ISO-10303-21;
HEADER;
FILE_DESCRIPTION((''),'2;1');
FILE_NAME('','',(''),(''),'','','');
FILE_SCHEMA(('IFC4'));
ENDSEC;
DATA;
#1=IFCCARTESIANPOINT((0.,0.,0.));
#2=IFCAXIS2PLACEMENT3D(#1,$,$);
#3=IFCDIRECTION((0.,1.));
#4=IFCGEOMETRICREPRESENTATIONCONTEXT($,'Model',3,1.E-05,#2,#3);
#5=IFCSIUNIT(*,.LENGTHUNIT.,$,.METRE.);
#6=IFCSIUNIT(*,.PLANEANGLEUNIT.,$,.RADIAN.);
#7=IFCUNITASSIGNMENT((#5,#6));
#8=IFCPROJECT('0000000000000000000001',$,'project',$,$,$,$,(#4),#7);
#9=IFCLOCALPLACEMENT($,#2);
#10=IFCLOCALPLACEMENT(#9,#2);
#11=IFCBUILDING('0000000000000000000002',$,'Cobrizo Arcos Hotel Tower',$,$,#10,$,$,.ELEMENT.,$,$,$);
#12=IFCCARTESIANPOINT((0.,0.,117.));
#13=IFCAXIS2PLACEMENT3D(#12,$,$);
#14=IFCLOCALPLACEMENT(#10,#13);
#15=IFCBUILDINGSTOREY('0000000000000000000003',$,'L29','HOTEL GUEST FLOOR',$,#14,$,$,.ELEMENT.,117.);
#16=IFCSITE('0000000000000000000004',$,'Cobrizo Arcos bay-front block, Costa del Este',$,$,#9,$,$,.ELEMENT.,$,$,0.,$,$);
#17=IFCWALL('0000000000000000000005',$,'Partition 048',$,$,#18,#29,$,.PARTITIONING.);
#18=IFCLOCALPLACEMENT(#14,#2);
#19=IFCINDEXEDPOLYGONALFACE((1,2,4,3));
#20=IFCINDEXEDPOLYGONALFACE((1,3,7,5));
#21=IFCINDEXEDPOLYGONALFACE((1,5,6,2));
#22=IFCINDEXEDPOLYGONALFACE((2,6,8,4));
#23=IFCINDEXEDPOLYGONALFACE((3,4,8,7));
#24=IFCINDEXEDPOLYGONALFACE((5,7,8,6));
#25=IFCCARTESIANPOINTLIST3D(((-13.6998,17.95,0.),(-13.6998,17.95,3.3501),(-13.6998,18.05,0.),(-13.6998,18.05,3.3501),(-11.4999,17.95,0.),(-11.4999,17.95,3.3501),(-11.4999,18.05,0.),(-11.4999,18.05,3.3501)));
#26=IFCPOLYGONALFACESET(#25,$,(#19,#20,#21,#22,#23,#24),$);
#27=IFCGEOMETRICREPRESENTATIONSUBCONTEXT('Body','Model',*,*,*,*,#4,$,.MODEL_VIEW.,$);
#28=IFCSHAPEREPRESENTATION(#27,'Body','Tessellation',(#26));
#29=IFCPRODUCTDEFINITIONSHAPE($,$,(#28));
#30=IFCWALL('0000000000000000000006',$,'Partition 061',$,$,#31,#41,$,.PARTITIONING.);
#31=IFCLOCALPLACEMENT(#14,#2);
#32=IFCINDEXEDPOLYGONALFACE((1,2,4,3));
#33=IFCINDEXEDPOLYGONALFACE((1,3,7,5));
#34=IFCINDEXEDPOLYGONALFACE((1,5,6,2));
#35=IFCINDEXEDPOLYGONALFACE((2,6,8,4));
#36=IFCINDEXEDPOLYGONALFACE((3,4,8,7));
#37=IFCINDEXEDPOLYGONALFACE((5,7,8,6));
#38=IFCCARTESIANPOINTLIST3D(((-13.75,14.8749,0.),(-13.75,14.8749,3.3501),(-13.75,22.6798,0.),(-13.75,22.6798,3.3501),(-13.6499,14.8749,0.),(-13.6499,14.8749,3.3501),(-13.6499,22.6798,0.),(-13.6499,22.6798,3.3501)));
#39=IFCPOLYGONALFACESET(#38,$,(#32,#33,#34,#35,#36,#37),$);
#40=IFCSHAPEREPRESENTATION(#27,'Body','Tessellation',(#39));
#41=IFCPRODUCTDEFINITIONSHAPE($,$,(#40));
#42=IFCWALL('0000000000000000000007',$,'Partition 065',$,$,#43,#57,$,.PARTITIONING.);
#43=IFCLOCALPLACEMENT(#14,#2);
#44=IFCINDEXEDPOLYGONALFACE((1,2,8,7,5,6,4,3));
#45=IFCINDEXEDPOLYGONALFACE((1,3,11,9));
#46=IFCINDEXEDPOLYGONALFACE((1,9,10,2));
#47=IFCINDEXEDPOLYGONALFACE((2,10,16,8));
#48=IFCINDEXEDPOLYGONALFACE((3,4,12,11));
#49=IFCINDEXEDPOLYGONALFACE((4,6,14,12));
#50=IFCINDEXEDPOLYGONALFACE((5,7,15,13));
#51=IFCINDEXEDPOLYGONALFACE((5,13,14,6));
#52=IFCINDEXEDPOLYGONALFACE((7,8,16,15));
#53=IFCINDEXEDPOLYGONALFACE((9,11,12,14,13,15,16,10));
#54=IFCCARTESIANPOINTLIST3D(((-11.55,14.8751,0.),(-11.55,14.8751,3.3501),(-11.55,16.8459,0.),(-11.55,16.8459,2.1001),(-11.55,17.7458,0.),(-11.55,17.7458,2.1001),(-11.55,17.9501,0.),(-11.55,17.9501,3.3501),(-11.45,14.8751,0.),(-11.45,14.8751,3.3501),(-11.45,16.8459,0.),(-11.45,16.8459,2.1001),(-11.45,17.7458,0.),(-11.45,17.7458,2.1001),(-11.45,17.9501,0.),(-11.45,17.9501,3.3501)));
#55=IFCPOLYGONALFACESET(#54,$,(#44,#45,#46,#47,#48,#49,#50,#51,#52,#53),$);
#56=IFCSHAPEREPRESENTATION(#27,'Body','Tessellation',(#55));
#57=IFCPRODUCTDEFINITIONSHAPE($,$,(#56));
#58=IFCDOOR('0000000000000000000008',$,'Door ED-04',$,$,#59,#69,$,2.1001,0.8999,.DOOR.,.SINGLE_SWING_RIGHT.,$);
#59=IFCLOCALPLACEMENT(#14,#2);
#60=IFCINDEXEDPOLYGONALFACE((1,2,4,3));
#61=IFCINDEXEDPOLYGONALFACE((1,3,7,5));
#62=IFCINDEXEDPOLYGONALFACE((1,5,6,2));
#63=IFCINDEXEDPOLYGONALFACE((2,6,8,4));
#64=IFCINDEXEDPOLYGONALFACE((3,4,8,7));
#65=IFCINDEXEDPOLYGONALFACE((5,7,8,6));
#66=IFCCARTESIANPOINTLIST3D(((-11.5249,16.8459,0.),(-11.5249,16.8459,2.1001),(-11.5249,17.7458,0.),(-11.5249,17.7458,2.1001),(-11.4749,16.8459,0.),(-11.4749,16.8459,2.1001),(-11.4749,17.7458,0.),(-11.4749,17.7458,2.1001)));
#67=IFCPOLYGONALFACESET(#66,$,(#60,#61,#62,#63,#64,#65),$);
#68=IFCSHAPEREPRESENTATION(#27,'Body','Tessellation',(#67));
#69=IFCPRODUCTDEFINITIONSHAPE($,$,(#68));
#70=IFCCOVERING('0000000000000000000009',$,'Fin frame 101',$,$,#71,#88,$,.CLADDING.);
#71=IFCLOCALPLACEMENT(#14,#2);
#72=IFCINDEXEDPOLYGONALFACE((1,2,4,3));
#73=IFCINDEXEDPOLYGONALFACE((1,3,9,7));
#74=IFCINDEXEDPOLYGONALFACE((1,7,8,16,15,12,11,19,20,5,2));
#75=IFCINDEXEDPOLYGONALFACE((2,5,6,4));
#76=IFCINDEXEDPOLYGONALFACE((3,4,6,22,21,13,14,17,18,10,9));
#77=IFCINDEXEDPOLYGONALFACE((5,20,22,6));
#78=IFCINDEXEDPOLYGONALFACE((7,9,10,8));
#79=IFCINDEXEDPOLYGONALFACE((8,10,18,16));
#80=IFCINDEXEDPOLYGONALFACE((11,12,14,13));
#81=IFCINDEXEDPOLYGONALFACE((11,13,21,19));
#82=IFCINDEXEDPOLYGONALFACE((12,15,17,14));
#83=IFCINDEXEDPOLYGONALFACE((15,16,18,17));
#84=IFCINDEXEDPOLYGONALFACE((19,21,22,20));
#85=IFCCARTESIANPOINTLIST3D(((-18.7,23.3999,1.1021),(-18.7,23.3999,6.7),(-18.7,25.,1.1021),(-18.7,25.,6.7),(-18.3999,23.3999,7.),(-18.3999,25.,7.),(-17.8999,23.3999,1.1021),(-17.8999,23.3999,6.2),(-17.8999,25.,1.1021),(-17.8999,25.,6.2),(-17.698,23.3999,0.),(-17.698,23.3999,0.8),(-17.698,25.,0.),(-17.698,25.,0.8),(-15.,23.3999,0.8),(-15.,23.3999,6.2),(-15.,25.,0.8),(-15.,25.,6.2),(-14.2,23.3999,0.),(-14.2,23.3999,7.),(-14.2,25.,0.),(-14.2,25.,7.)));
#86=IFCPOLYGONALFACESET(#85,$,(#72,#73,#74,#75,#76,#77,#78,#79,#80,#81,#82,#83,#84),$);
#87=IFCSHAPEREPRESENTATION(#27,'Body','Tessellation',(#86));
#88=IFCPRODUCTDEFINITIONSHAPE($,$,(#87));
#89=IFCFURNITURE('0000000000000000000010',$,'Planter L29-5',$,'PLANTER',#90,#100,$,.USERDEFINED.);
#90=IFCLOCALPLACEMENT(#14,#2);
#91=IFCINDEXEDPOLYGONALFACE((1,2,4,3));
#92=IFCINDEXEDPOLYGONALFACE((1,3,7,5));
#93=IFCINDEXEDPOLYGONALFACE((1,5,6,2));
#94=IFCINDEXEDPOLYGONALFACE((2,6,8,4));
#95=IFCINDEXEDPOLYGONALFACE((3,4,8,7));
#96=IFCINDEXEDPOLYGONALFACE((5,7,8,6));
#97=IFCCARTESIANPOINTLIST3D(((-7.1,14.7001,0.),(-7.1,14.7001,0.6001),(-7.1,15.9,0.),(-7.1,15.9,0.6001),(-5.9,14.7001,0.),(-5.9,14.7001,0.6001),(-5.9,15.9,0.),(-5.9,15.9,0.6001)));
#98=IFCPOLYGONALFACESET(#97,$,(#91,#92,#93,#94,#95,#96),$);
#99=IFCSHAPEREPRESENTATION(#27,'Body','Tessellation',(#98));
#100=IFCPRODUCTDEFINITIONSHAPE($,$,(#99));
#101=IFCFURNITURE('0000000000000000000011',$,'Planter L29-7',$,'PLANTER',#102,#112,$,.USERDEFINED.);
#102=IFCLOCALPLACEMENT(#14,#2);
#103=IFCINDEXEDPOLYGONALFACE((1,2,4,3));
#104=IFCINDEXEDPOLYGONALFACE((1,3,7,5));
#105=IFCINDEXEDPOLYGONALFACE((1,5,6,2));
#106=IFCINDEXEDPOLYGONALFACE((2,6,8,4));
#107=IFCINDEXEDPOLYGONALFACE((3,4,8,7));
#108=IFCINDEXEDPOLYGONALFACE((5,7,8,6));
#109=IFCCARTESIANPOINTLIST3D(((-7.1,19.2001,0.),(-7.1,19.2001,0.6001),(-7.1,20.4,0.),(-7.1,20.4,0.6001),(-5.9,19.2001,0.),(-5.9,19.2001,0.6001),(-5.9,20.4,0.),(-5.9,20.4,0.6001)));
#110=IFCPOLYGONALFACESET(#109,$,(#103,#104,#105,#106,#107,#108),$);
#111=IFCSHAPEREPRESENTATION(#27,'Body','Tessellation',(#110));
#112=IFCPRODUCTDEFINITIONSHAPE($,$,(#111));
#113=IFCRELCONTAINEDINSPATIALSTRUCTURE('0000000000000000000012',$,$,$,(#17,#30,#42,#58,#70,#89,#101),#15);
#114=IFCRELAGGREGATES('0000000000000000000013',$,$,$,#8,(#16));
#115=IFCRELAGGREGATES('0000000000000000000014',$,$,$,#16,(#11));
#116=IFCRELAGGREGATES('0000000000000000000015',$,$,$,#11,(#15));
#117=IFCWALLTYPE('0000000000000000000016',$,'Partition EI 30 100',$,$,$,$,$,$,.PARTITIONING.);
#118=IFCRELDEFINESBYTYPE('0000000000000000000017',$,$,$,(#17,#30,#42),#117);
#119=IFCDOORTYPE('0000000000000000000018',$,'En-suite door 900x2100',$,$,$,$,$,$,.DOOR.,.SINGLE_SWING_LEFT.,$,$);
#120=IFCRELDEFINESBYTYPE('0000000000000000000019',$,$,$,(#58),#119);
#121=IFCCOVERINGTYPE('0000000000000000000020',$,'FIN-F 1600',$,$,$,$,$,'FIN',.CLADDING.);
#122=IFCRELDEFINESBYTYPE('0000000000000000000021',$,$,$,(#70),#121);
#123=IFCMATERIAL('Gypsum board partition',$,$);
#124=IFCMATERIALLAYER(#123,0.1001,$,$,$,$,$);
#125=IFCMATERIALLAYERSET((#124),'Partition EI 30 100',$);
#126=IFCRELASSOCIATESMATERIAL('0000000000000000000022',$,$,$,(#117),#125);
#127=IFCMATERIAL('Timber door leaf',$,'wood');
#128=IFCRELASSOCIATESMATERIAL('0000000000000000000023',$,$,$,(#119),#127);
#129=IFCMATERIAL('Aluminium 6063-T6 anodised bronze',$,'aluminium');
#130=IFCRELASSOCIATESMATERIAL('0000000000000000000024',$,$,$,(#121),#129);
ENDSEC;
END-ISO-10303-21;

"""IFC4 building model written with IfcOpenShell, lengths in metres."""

from ifc_helpers import new_model, si_unit, direction, frame, frame_2d, origin, origin_2d, place, context, subcontext, project, spatial, polyline, rectangle, outline, extrude, material, layer, layer_set, type_object, element, fill, save


model = new_model("IFC4")

# Units and contexts
model_context = context("Model", 3, precision=1e-05, world=origin(), true_north=direction((0.0, 1.0)))
body_context = subcontext(model_context, "Body", "Model", "MODEL_VIEW")
ifc_project = project(units=[si_unit("LENGTHUNIT", "METRE"), si_unit("PLANEANGLEUNIT", "RADIAN")], contexts=[model_context])

# Site, building, storey
site_placement = place(None, origin())
site = spatial("IfcSite", under=ifc_project, at=site_placement, Name="Cobrizo Arcos bay-front block, Costa del Este", CompositionType="ELEMENT", RefElevation=0.0)
building_placement = place(site_placement, origin())
building = spatial("IfcBuilding", under=site, at=building_placement, Name="Cobrizo Arcos Hotel Tower", CompositionType="ELEMENT")
storey_placement = place(building_placement, frame((0.0, 0.0, 117.0)))
storey = spatial("IfcBuildingStorey", under=building, at=storey_placement, Name="L29", Description="HOTEL GUEST FLOOR", CompositionType="ELEMENT", Elevation=117.0)

# Shared definitions
ifc_material_1 = material(Name="Aluminium 6063-T6 anodised bronze", Category="aluminium")

# Walls
ifc_material_2 = material(Name="Gypsum board partition")
ifc_layer_1 = layer(ifc_material_2, 0.1001)
ifc_layer_set_1 = layer_set([ifc_layer_1], Name="Partition EI 30 100")
wall_type = type_object("IfcWallType", Name="Partition EI 30 100", PredefinedType="PARTITIONING", material=ifc_layer_set_1)
wall_1_placement = place(storey_placement, frame((-13.7, 18.0, 0.0), z_axis=(0.0, 0.0, 1.0), x_axis=(1.0, 0.0, 0.0)))
element("IfcWall", 1, at=wall_1_placement, inside=storey, type_object=wall_type, Name="Partition 048", PredefinedType="PARTITIONING", context=body_context, shape_type="SweptSolid", body=[
    extrude(rectangle(XDim=2.2, YDim=0.1001, at=frame_2d((1.1001, 0.0))), origin(), (0.0, 0.0, 1.0), 3.3501),
])
wall_2_placement = place(storey_placement, frame((-13.7, 14.875, 0.0), z_axis=(0.0, 0.0, 1.0), x_axis=(0.0, 1.0, 0.0)))
element("IfcWall", 2, at=wall_2_placement, inside=storey, type_object=wall_type, Name="Partition 061", PredefinedType="PARTITIONING", context=body_context, shape_type="SweptSolid", body=[
    extrude(rectangle(XDim=7.8049, YDim=0.1001, at=frame_2d((3.9023, 0.0))), origin(), (0.0, 0.0, 1.0), 3.3501),
])

# Wall, opening, door
wall_3_placement = place(storey_placement, frame((-11.5, 14.875, 0.0), z_axis=(0.0, 0.0, 1.0), x_axis=(0.0, 1.0, 0.0)))
wall_3 = element("IfcWall", 3, at=wall_3_placement, inside=storey, type_object=wall_type, Name="Partition 065", PredefinedType="PARTITIONING", context=body_context, shape_type="SweptSolid", body=[
    extrude(rectangle(XDim=3.075, YDim=0.1001, at=frame_2d((1.5376, 0.0))), origin(), (0.0, 0.0, 1.0), 3.3501),
])
opening_placement = place(wall_3_placement, frame((1.9709, 0.0, 0.0)))
opening = element("IfcOpeningElement", 4, at=opening_placement, cuts=wall_3, PredefinedType="OPENING", context=body_context, shape_type="SweptSolid", body=[
    extrude(rectangle(XDim=0.8999, YDim=2.1001, at=frame_2d((0.45, 1.05))), frame((0.0, 0.062, 0.0), z_axis=(0.0, -1.0, 0.0), x_axis=(1.0, 0.0, 0.0)), (0.0, 0.0, 1.0), 0.124),
])
ifc_material_3 = material(Name="Timber door leaf", Category="wood")
door_type = type_object("IfcDoorType", Name="En-suite door 900x2100", OperationType="SINGLE_SWING_LEFT", PredefinedType="DOOR", material=ifc_material_3)
door_placement = place(opening_placement, origin())
door = element("IfcDoor", 5, at=door_placement, inside=storey, type_object=door_type, Name="Door ED-04", OperationType="SINGLE_SWING_RIGHT", OverallHeight=2.1001, OverallWidth=0.8999, PredefinedType="DOOR", context=body_context, shape_type="SweptSolid", body=[
    extrude(rectangle(XDim=0.8999, YDim=2.1001, at=frame_2d((0.45, 1.05))), frame((0.0, 0.0249, 0.0), z_axis=(0.0, -1.0, 0.0), x_axis=(1.0, 0.0, 0.0)), (0.0, 0.0, 1.0), 0.05),
])
fill(opening, door)

# Covering
covering_type = type_object("IfcCoveringType", Name="FIN-F 1600", ElementType="FIN", PredefinedType="CLADDING", material=ifc_material_1)
covering_placement = place(storey_placement, frame((-14.2, 23.3999, 0.0), z_axis=(0.0, 1.0, 0.0), x_axis=(-1.0, 0.0, 0.0)))
element("IfcCovering", 6, at=covering_placement, inside=storey, type_object=covering_type, Name="Fin frame 101", PredefinedType="CLADDING", context=body_context, shape_type="SweptSolid", body=[
    extrude(outline(polyline([(0.0, 0.0), (3.498, 0.0), (3.498, 0.8), (0.8, 0.8), (0.8, 6.2), (3.7, 6.2), (3.7, 1.1021), (4.5, 1.1021), (4.5, 6.7), (4.2, 7.0), (0.0, 7.0), (0.0, 0.0)])), origin(), (0.0, 0.0, 1.0), 1.6001),
])

# Furniture
for number, where, z_axis, x_axis, name in (
    (7, (-6.5, 15.3, 0.0), (0.0, 0.0, 1.0), (1.0, 0.0, 0.0), "Planter L29-5"),
    (8, (-6.5, 19.8, 0.0), (0.0, 0.0, 1.0), (1.0, 0.0, 0.0), "Planter L29-7"),
):
    element("IfcFurniture", number, at=place(storey_placement, frame(where, z_axis=z_axis, x_axis=x_axis)), inside=storey, Name=name, ObjectType="PLANTER", PredefinedType="USERDEFINED", context=body_context, shape_type="SweptSolid", body=[
        extrude(rectangle(XDim=1.2, YDim=1.2, at=origin_2d()), origin(), (0.0, 0.0, 1.0), 0.6001),
    ])

save(model, "model.ifc")
